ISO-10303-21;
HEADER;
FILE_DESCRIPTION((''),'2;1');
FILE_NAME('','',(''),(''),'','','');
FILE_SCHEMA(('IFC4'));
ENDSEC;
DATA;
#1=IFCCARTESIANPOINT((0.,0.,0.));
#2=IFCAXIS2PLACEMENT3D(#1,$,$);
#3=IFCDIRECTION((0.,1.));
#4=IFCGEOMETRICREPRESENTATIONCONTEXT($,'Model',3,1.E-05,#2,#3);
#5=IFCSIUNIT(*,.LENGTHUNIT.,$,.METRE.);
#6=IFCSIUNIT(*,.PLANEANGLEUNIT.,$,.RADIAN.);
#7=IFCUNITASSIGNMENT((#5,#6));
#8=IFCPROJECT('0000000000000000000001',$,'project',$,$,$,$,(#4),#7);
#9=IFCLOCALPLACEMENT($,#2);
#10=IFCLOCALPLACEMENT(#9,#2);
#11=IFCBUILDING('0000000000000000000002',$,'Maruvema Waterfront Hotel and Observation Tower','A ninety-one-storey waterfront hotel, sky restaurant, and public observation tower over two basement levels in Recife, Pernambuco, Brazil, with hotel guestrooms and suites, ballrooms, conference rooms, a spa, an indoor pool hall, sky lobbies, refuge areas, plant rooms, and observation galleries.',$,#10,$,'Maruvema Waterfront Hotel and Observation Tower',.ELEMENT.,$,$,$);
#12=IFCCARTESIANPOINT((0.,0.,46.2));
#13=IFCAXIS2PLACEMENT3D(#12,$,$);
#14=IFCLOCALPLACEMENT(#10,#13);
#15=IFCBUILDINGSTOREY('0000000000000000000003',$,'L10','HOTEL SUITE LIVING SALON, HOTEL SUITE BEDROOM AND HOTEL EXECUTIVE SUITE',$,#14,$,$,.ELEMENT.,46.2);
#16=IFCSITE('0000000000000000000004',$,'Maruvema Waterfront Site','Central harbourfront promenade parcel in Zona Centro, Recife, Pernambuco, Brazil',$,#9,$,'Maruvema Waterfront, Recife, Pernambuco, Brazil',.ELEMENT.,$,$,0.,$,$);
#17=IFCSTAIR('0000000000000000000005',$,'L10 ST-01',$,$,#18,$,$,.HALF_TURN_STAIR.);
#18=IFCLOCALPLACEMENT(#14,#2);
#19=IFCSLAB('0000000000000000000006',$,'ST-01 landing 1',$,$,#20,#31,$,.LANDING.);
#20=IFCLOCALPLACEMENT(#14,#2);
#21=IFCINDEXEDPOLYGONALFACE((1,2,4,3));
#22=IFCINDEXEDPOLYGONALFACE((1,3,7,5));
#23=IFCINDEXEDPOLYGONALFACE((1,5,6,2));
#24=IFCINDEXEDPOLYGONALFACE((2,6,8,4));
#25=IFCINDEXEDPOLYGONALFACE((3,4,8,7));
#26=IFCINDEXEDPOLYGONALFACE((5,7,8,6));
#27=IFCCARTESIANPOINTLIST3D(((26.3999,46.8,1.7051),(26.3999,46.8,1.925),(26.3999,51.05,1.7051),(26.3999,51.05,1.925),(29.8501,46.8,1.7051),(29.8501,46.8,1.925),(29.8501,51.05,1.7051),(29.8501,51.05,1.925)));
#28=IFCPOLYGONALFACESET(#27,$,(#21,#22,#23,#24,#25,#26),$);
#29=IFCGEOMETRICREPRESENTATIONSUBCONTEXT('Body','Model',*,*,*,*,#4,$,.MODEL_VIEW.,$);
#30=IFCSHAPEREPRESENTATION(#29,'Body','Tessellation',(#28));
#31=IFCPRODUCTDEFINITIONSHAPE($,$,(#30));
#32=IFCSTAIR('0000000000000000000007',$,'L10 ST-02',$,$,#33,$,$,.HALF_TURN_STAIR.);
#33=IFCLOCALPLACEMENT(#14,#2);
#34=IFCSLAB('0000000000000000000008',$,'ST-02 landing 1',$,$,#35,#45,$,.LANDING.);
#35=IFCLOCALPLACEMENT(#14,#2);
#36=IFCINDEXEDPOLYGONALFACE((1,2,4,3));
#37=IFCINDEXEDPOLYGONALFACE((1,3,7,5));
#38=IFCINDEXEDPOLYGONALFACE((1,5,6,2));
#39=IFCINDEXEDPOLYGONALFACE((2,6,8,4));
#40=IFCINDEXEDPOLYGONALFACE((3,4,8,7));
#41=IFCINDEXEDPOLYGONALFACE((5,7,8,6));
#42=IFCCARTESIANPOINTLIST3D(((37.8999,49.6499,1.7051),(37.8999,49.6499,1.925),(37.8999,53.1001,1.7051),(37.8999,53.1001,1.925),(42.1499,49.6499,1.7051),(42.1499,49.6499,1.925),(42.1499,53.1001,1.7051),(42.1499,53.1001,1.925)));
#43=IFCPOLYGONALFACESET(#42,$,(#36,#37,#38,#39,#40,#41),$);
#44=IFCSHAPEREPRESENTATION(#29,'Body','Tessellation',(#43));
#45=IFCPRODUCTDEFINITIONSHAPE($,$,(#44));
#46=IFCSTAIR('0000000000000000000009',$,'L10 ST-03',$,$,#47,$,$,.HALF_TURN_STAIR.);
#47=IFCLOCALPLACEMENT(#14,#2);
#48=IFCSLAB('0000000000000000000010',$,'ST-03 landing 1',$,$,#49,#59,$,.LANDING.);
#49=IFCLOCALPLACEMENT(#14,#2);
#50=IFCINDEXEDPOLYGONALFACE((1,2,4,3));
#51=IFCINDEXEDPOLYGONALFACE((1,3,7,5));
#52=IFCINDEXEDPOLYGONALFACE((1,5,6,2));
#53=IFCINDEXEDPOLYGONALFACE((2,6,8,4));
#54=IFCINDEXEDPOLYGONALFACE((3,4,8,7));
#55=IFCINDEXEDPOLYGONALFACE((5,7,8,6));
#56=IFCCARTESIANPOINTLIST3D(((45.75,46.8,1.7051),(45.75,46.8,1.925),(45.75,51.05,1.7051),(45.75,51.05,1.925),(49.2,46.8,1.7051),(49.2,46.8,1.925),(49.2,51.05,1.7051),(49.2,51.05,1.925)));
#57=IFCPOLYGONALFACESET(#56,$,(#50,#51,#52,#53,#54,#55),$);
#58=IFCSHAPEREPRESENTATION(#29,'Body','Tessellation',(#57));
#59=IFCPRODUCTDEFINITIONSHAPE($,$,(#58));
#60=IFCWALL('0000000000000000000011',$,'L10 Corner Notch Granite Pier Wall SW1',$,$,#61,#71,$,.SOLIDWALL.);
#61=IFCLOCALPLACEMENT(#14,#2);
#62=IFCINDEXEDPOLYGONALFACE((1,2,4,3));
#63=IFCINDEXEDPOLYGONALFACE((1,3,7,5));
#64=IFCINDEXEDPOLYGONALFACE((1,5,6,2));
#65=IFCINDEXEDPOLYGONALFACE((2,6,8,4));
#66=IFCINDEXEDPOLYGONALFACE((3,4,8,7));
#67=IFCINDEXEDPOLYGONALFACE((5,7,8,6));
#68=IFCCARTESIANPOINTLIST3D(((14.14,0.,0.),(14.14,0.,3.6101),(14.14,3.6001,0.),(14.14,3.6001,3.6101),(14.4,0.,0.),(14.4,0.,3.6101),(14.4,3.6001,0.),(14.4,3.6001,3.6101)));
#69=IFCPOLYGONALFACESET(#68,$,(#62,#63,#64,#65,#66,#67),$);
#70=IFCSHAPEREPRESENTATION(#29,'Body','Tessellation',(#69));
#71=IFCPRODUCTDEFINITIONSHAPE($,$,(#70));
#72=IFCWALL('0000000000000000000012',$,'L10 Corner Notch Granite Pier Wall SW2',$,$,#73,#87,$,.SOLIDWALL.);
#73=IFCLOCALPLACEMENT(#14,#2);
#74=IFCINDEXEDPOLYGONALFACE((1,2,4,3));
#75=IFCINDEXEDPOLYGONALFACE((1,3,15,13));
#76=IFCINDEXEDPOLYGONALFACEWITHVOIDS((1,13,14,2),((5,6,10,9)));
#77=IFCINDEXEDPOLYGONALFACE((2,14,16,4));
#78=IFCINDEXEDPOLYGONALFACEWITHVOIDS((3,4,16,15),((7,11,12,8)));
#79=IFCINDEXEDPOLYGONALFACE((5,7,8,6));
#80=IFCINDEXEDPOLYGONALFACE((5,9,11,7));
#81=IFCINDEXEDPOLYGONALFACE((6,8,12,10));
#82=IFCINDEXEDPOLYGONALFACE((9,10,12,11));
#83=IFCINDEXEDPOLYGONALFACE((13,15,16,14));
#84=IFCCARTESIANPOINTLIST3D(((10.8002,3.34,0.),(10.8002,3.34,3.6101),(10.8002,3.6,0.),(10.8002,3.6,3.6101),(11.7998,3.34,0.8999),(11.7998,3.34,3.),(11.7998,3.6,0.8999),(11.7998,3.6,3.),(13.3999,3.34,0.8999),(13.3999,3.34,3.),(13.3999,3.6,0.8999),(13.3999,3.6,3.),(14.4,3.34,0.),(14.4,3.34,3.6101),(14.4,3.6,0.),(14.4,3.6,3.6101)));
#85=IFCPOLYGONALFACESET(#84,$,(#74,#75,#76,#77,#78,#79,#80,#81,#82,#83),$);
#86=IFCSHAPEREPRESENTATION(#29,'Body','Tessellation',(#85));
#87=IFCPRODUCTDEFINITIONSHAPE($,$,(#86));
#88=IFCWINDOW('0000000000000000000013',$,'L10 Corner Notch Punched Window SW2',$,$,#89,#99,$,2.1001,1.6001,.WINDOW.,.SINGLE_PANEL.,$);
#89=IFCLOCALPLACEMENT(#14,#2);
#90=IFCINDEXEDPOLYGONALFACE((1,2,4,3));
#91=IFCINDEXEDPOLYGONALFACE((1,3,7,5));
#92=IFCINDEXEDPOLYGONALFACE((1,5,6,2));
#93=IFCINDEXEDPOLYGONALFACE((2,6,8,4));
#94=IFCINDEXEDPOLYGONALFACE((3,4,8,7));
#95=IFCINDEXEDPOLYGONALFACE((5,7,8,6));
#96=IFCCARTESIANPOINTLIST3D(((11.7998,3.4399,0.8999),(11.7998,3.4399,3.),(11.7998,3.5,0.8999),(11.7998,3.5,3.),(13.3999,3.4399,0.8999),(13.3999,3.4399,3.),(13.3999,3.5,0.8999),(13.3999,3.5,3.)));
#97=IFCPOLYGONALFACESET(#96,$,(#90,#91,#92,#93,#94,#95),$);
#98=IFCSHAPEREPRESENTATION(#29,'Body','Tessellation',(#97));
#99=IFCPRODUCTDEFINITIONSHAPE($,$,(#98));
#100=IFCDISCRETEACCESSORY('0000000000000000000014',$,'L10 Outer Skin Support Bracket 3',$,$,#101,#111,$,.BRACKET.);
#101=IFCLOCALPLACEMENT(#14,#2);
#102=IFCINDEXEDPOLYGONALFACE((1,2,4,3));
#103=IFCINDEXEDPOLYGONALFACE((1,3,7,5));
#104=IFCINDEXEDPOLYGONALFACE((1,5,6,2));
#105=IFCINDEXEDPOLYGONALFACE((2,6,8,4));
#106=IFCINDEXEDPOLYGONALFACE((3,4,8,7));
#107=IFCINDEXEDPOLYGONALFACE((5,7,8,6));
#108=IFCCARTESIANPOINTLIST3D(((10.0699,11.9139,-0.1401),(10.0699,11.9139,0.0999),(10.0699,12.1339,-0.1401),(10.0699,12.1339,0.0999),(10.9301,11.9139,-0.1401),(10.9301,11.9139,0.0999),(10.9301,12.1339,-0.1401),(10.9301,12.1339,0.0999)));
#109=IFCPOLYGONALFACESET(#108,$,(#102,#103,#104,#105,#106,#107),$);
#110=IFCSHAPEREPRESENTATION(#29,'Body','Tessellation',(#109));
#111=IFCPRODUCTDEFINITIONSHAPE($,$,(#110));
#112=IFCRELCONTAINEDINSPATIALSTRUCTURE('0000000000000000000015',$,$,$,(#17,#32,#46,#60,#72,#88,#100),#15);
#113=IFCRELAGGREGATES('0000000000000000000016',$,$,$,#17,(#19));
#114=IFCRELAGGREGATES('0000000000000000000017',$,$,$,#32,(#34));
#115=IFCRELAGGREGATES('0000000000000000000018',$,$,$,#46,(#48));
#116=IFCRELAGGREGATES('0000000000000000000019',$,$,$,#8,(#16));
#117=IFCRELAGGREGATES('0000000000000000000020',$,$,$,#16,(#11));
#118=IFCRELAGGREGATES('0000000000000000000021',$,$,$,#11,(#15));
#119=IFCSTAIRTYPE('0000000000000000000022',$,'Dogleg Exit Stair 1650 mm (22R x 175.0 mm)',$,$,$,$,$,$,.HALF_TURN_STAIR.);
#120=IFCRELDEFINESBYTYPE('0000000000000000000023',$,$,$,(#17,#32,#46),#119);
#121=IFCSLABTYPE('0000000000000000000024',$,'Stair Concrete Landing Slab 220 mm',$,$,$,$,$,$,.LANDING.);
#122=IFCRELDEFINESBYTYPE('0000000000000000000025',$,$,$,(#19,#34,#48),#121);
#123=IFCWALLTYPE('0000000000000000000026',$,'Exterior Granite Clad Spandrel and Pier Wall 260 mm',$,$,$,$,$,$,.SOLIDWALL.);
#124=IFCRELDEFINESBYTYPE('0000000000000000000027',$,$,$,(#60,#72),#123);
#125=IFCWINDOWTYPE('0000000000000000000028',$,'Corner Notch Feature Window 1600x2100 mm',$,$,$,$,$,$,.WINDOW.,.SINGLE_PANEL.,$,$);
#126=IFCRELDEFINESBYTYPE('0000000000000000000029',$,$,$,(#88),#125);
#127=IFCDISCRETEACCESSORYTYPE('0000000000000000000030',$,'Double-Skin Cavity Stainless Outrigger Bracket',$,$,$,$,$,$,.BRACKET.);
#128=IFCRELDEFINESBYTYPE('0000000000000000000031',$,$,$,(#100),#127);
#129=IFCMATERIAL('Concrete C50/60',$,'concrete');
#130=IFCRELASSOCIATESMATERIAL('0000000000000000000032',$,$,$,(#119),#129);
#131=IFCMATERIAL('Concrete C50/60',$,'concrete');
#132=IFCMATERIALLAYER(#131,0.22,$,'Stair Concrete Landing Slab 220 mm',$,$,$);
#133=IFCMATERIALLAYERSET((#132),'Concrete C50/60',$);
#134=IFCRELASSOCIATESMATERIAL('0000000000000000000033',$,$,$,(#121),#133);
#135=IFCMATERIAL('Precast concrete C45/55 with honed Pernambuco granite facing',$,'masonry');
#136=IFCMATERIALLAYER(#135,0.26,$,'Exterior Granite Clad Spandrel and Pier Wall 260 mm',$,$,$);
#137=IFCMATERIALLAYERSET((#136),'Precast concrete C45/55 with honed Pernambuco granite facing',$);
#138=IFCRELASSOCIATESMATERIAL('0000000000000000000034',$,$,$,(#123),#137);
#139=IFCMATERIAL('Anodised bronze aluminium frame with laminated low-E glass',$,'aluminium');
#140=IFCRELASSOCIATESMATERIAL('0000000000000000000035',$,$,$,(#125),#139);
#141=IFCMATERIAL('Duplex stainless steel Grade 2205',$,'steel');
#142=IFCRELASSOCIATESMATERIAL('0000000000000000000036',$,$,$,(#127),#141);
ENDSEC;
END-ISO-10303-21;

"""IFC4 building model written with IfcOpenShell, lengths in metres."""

from ifc_helpers import new_model, si_unit, direction, frame, frame_2d, origin, origin_2d, place, context, subcontext, project, spatial, polyline, rectangle, outline, extrude, material, layer, layer_set, type_object, element, fill, aggregate, save


model = new_model("IFC4")

# Units and contexts
model_context = context("Model", 3, precision=1e-05, world=origin(), true_north=direction((0.0, 1.0)))
body_context = subcontext(model_context, "Body", "Model", "MODEL_VIEW")
ifc_project = project(units=[si_unit("LENGTHUNIT", "METRE"), si_unit("PLANEANGLEUNIT", "RADIAN")], contexts=[model_context])

# Site, building, storey
site_placement = place(None, origin())
site = spatial("IfcSite", under=ifc_project, at=site_placement, Name="Maruvema Waterfront Site", Description="Central harbourfront promenade parcel in Zona Centro, Recife, Pernambuco, Brazil", LongName="Maruvema Waterfront, Recife, Pernambuco, Brazil", CompositionType="ELEMENT", RefElevation=0.0)
building_placement = place(site_placement, origin())
building = spatial("IfcBuilding", under=site, at=building_placement, Name="Maruvema Waterfront Hotel and Observation Tower", Description="A ninety-one-storey waterfront hotel, sky restaurant, and public observation tower over two basement levels in Recife, Pernambuco, Brazil, with hotel guestrooms and suites, ballrooms, conference rooms, a spa, an indoor pool hall, sky lobbies, refuge areas, plant rooms, and observation galleries.", LongName="Maruvema Waterfront Hotel and Observation Tower", CompositionType="ELEMENT")
storey_placement = place(building_placement, frame((0.0, 0.0, 46.2)))
storey = spatial("IfcBuildingStorey", under=building, at=storey_placement, Name="L10", Description="HOTEL SUITE LIVING SALON, HOTEL SUITE BEDROOM AND HOTEL EXECUTIVE SUITE", CompositionType="ELEMENT", Elevation=46.2)

# Stairs, slabs
ifc_material_1 = material(Name="Concrete C50/60", Category="concrete")
stair_type = type_object("IfcStairType", Name="Dogleg Exit Stair 1650 mm (22R x 175.0 mm)", PredefinedType="HALF_TURN_STAIR", material=ifc_material_1)
stair_1_placement = place(storey_placement, origin())
stair_1 = element("IfcStair", 1, at=stair_1_placement, inside=storey, type_object=stair_type, Name="L10 ST-01", PredefinedType="HALF_TURN_STAIR")
ifc_material_2 = material(Name="Concrete C50/60", Category="concrete")
ifc_layer_1 = layer(ifc_material_2, 0.22, Name="Stair Concrete Landing Slab 220 mm")
ifc_layer_set_1 = layer_set([ifc_layer_1], Name="Concrete C50/60")
slab_type_1 = type_object("IfcSlabType", Name="Stair Concrete Landing Slab 220 mm", PredefinedType="LANDING", material=ifc_layer_set_1)
slab_1_placement = place(storey_placement, frame((0.0, 0.0, 1.7051)))
slab_1 = element("IfcSlab", 2, at=slab_1_placement, type_object=slab_type_1, Name="ST-01 landing 1", PredefinedType="LANDING", context=body_context, shape_type="SweptSolid", body=[
    extrude(outline(polyline([(29.8501, 46.8), (29.8501, 51.05), (26.3999, 51.05), (26.3999, 46.8), (29.8501, 46.8)])), origin(), (0.0, 0.0, 1.0), 0.22),
])
aggregate(stair_1, [slab_1])
stair_2_placement = place(storey_placement, origin())
stair_2 = element("IfcStair", 3, at=stair_2_placement, inside=storey, type_object=stair_type, Name="L10 ST-02", PredefinedType="HALF_TURN_STAIR")
slab_2_placement = place(storey_placement, frame((0.0, 0.0, 1.7051)))
slab_2 = element("IfcSlab", 4, at=slab_2_placement, type_object=slab_type_1, Name="ST-02 landing 1", PredefinedType="LANDING", context=body_context, shape_type="SweptSolid", body=[
    extrude(outline(polyline([(37.8999, 49.6499), (42.1499, 49.6499), (42.1499, 53.1001), (37.8999, 53.1001), (37.8999, 49.6499)])), origin(), (0.0, 0.0, 1.0), 0.22),
])
aggregate(stair_2, [slab_2])
stair_3_placement = place(storey_placement, origin())
stair_3 = element("IfcStair", 5, at=stair_3_placement, inside=storey, type_object=stair_type, Name="L10 ST-03", PredefinedType="HALF_TURN_STAIR")
slab_3_placement = place(storey_placement, frame((0.0, 0.0, 1.7051)))
slab_3 = element("IfcSlab", 6, at=slab_3_placement, type_object=slab_type_1, Name="ST-03 landing 1", PredefinedType="LANDING", context=body_context, shape_type="SweptSolid", body=[
    extrude(outline(polyline([(49.2, 46.8), (49.2, 51.05), (45.75, 51.05), (45.75, 46.8), (49.2, 46.8)])), origin(), (0.0, 0.0, 1.0), 0.22),
])
aggregate(stair_3, [slab_3])

# Wall
ifc_material_3 = material(Name="Precast concrete C45/55 with honed Pernambuco granite facing", Category="masonry")
ifc_layer_2 = layer(ifc_material_3, 0.26, Name="Exterior Granite Clad Spandrel and Pier Wall 260 mm")
ifc_layer_set_2 = layer_set([ifc_layer_2], Name="Precast concrete C45/55 with honed Pernambuco granite facing")
wall_type = type_object("IfcWallType", Name="Exterior Granite Clad Spandrel and Pier Wall 260 mm", PredefinedType="SOLIDWALL", material=ifc_layer_set_2)
wall_1_placement = place(storey_placement, frame((14.27, 0.0, 0.0), z_axis=(0.0, 0.0, 1.0), x_axis=(0.0, 1.0, 0.0)))
element("IfcWall", 7, at=wall_1_placement, inside=storey, type_object=wall_type, Name="L10 Corner Notch Granite Pier Wall SW1", PredefinedType="SOLIDWALL", context=body_context, shape_type="SweptSolid", body=[
    extrude(rectangle(XDim=3.6001, YDim=0.26, at=frame_2d((1.8, 0.0))), origin(), (0.0, 0.0, 1.0), 3.6101),
])

# Wall, opening, window
wall_2_placement = place(storey_placement, frame((14.3999, 3.47, 0.0), z_axis=(0.0, 0.0, 1.0), x_axis=(-1.0, 0.0, 0.0)))
wall_2 = element("IfcWall", 8, at=wall_2_placement, inside=storey, type_object=wall_type, Name="L10 Corner Notch Granite Pier Wall SW2", PredefinedType="SOLIDWALL", context=body_context, shape_type="SweptSolid", body=[
    extrude(rectangle(XDim=3.5999, YDim=0.26, at=frame_2d((1.7998, 0.0))), origin(), (0.0, 0.0, 1.0), 3.6101),
])
opening_placement = place(wall_2_placement, frame((1.0, 0.0, 0.8999)))
opening = element("IfcOpeningElement", 9, at=opening_placement, cuts=wall_2, PredefinedType="OPENING", context=body_context, shape_type="SweptSolid", body=[
    extrude(rectangle(XDim=1.6001, YDim=2.1001, at=frame_2d((0.8, 1.05))), frame((0.0, 0.1401, 0.0), z_axis=(0.0, -1.0, 0.0), x_axis=(1.0, 0.0, 0.0)), (0.0, 0.0, 1.0), 0.28),
])
ifc_material_4 = material(Name="Anodised bronze aluminium frame with laminated low-E glass", Category="aluminium")
window_type = type_object("IfcWindowType", Name="Corner Notch Feature Window 1600x2100 mm", PartitioningType="SINGLE_PANEL", PredefinedType="WINDOW", material=ifc_material_4)
window_placement = place(opening_placement, origin())
window = element("IfcWindow", 10, at=window_placement, inside=storey, type_object=window_type, Name="L10 Corner Notch Punched Window SW2", OverallHeight=2.1001, OverallWidth=1.6001, PartitioningType="SINGLE_PANEL", PredefinedType="WINDOW", context=body_context, shape_type="SweptSolid", body=[
    extrude(rectangle(XDim=1.6001, YDim=2.1001, at=frame_2d((0.8, 1.05))), frame((0.0, 0.03, 0.0), z_axis=(0.0, -1.0, 0.0), x_axis=(1.0, 0.0, 0.0)), (0.0, 0.0, 1.0), 0.0601),
])
fill(opening, window)

# Discrete accessory
ifc_material_5 = material(Name="Duplex stainless steel Grade 2205", Category="steel")
discrete_accessory_type = type_object("IfcDiscreteAccessoryType", Name="Double-Skin Cavity Stainless Outrigger Bracket", PredefinedType="BRACKET", material=ifc_material_5)
discrete_accessory_placement = place(storey_placement, frame((10.5, 12.0239, -0.1401), z_axis=(0.0, 0.0, 1.0), x_axis=(0.0, -1.0, 0.0)))
element("IfcDiscreteAccessory", 11, at=discrete_accessory_placement, inside=storey, type_object=discrete_accessory_type, Name="L10 Outer Skin Support Bracket 3", PredefinedType="BRACKET", context=body_context, shape_type="SweptSolid", body=[
    extrude(rectangle(XDim=0.22, YDim=0.8601, at=origin_2d()), origin(), (0.0, 0.0, 1.0), 0.24),
])

save(model, "model.ifc")
